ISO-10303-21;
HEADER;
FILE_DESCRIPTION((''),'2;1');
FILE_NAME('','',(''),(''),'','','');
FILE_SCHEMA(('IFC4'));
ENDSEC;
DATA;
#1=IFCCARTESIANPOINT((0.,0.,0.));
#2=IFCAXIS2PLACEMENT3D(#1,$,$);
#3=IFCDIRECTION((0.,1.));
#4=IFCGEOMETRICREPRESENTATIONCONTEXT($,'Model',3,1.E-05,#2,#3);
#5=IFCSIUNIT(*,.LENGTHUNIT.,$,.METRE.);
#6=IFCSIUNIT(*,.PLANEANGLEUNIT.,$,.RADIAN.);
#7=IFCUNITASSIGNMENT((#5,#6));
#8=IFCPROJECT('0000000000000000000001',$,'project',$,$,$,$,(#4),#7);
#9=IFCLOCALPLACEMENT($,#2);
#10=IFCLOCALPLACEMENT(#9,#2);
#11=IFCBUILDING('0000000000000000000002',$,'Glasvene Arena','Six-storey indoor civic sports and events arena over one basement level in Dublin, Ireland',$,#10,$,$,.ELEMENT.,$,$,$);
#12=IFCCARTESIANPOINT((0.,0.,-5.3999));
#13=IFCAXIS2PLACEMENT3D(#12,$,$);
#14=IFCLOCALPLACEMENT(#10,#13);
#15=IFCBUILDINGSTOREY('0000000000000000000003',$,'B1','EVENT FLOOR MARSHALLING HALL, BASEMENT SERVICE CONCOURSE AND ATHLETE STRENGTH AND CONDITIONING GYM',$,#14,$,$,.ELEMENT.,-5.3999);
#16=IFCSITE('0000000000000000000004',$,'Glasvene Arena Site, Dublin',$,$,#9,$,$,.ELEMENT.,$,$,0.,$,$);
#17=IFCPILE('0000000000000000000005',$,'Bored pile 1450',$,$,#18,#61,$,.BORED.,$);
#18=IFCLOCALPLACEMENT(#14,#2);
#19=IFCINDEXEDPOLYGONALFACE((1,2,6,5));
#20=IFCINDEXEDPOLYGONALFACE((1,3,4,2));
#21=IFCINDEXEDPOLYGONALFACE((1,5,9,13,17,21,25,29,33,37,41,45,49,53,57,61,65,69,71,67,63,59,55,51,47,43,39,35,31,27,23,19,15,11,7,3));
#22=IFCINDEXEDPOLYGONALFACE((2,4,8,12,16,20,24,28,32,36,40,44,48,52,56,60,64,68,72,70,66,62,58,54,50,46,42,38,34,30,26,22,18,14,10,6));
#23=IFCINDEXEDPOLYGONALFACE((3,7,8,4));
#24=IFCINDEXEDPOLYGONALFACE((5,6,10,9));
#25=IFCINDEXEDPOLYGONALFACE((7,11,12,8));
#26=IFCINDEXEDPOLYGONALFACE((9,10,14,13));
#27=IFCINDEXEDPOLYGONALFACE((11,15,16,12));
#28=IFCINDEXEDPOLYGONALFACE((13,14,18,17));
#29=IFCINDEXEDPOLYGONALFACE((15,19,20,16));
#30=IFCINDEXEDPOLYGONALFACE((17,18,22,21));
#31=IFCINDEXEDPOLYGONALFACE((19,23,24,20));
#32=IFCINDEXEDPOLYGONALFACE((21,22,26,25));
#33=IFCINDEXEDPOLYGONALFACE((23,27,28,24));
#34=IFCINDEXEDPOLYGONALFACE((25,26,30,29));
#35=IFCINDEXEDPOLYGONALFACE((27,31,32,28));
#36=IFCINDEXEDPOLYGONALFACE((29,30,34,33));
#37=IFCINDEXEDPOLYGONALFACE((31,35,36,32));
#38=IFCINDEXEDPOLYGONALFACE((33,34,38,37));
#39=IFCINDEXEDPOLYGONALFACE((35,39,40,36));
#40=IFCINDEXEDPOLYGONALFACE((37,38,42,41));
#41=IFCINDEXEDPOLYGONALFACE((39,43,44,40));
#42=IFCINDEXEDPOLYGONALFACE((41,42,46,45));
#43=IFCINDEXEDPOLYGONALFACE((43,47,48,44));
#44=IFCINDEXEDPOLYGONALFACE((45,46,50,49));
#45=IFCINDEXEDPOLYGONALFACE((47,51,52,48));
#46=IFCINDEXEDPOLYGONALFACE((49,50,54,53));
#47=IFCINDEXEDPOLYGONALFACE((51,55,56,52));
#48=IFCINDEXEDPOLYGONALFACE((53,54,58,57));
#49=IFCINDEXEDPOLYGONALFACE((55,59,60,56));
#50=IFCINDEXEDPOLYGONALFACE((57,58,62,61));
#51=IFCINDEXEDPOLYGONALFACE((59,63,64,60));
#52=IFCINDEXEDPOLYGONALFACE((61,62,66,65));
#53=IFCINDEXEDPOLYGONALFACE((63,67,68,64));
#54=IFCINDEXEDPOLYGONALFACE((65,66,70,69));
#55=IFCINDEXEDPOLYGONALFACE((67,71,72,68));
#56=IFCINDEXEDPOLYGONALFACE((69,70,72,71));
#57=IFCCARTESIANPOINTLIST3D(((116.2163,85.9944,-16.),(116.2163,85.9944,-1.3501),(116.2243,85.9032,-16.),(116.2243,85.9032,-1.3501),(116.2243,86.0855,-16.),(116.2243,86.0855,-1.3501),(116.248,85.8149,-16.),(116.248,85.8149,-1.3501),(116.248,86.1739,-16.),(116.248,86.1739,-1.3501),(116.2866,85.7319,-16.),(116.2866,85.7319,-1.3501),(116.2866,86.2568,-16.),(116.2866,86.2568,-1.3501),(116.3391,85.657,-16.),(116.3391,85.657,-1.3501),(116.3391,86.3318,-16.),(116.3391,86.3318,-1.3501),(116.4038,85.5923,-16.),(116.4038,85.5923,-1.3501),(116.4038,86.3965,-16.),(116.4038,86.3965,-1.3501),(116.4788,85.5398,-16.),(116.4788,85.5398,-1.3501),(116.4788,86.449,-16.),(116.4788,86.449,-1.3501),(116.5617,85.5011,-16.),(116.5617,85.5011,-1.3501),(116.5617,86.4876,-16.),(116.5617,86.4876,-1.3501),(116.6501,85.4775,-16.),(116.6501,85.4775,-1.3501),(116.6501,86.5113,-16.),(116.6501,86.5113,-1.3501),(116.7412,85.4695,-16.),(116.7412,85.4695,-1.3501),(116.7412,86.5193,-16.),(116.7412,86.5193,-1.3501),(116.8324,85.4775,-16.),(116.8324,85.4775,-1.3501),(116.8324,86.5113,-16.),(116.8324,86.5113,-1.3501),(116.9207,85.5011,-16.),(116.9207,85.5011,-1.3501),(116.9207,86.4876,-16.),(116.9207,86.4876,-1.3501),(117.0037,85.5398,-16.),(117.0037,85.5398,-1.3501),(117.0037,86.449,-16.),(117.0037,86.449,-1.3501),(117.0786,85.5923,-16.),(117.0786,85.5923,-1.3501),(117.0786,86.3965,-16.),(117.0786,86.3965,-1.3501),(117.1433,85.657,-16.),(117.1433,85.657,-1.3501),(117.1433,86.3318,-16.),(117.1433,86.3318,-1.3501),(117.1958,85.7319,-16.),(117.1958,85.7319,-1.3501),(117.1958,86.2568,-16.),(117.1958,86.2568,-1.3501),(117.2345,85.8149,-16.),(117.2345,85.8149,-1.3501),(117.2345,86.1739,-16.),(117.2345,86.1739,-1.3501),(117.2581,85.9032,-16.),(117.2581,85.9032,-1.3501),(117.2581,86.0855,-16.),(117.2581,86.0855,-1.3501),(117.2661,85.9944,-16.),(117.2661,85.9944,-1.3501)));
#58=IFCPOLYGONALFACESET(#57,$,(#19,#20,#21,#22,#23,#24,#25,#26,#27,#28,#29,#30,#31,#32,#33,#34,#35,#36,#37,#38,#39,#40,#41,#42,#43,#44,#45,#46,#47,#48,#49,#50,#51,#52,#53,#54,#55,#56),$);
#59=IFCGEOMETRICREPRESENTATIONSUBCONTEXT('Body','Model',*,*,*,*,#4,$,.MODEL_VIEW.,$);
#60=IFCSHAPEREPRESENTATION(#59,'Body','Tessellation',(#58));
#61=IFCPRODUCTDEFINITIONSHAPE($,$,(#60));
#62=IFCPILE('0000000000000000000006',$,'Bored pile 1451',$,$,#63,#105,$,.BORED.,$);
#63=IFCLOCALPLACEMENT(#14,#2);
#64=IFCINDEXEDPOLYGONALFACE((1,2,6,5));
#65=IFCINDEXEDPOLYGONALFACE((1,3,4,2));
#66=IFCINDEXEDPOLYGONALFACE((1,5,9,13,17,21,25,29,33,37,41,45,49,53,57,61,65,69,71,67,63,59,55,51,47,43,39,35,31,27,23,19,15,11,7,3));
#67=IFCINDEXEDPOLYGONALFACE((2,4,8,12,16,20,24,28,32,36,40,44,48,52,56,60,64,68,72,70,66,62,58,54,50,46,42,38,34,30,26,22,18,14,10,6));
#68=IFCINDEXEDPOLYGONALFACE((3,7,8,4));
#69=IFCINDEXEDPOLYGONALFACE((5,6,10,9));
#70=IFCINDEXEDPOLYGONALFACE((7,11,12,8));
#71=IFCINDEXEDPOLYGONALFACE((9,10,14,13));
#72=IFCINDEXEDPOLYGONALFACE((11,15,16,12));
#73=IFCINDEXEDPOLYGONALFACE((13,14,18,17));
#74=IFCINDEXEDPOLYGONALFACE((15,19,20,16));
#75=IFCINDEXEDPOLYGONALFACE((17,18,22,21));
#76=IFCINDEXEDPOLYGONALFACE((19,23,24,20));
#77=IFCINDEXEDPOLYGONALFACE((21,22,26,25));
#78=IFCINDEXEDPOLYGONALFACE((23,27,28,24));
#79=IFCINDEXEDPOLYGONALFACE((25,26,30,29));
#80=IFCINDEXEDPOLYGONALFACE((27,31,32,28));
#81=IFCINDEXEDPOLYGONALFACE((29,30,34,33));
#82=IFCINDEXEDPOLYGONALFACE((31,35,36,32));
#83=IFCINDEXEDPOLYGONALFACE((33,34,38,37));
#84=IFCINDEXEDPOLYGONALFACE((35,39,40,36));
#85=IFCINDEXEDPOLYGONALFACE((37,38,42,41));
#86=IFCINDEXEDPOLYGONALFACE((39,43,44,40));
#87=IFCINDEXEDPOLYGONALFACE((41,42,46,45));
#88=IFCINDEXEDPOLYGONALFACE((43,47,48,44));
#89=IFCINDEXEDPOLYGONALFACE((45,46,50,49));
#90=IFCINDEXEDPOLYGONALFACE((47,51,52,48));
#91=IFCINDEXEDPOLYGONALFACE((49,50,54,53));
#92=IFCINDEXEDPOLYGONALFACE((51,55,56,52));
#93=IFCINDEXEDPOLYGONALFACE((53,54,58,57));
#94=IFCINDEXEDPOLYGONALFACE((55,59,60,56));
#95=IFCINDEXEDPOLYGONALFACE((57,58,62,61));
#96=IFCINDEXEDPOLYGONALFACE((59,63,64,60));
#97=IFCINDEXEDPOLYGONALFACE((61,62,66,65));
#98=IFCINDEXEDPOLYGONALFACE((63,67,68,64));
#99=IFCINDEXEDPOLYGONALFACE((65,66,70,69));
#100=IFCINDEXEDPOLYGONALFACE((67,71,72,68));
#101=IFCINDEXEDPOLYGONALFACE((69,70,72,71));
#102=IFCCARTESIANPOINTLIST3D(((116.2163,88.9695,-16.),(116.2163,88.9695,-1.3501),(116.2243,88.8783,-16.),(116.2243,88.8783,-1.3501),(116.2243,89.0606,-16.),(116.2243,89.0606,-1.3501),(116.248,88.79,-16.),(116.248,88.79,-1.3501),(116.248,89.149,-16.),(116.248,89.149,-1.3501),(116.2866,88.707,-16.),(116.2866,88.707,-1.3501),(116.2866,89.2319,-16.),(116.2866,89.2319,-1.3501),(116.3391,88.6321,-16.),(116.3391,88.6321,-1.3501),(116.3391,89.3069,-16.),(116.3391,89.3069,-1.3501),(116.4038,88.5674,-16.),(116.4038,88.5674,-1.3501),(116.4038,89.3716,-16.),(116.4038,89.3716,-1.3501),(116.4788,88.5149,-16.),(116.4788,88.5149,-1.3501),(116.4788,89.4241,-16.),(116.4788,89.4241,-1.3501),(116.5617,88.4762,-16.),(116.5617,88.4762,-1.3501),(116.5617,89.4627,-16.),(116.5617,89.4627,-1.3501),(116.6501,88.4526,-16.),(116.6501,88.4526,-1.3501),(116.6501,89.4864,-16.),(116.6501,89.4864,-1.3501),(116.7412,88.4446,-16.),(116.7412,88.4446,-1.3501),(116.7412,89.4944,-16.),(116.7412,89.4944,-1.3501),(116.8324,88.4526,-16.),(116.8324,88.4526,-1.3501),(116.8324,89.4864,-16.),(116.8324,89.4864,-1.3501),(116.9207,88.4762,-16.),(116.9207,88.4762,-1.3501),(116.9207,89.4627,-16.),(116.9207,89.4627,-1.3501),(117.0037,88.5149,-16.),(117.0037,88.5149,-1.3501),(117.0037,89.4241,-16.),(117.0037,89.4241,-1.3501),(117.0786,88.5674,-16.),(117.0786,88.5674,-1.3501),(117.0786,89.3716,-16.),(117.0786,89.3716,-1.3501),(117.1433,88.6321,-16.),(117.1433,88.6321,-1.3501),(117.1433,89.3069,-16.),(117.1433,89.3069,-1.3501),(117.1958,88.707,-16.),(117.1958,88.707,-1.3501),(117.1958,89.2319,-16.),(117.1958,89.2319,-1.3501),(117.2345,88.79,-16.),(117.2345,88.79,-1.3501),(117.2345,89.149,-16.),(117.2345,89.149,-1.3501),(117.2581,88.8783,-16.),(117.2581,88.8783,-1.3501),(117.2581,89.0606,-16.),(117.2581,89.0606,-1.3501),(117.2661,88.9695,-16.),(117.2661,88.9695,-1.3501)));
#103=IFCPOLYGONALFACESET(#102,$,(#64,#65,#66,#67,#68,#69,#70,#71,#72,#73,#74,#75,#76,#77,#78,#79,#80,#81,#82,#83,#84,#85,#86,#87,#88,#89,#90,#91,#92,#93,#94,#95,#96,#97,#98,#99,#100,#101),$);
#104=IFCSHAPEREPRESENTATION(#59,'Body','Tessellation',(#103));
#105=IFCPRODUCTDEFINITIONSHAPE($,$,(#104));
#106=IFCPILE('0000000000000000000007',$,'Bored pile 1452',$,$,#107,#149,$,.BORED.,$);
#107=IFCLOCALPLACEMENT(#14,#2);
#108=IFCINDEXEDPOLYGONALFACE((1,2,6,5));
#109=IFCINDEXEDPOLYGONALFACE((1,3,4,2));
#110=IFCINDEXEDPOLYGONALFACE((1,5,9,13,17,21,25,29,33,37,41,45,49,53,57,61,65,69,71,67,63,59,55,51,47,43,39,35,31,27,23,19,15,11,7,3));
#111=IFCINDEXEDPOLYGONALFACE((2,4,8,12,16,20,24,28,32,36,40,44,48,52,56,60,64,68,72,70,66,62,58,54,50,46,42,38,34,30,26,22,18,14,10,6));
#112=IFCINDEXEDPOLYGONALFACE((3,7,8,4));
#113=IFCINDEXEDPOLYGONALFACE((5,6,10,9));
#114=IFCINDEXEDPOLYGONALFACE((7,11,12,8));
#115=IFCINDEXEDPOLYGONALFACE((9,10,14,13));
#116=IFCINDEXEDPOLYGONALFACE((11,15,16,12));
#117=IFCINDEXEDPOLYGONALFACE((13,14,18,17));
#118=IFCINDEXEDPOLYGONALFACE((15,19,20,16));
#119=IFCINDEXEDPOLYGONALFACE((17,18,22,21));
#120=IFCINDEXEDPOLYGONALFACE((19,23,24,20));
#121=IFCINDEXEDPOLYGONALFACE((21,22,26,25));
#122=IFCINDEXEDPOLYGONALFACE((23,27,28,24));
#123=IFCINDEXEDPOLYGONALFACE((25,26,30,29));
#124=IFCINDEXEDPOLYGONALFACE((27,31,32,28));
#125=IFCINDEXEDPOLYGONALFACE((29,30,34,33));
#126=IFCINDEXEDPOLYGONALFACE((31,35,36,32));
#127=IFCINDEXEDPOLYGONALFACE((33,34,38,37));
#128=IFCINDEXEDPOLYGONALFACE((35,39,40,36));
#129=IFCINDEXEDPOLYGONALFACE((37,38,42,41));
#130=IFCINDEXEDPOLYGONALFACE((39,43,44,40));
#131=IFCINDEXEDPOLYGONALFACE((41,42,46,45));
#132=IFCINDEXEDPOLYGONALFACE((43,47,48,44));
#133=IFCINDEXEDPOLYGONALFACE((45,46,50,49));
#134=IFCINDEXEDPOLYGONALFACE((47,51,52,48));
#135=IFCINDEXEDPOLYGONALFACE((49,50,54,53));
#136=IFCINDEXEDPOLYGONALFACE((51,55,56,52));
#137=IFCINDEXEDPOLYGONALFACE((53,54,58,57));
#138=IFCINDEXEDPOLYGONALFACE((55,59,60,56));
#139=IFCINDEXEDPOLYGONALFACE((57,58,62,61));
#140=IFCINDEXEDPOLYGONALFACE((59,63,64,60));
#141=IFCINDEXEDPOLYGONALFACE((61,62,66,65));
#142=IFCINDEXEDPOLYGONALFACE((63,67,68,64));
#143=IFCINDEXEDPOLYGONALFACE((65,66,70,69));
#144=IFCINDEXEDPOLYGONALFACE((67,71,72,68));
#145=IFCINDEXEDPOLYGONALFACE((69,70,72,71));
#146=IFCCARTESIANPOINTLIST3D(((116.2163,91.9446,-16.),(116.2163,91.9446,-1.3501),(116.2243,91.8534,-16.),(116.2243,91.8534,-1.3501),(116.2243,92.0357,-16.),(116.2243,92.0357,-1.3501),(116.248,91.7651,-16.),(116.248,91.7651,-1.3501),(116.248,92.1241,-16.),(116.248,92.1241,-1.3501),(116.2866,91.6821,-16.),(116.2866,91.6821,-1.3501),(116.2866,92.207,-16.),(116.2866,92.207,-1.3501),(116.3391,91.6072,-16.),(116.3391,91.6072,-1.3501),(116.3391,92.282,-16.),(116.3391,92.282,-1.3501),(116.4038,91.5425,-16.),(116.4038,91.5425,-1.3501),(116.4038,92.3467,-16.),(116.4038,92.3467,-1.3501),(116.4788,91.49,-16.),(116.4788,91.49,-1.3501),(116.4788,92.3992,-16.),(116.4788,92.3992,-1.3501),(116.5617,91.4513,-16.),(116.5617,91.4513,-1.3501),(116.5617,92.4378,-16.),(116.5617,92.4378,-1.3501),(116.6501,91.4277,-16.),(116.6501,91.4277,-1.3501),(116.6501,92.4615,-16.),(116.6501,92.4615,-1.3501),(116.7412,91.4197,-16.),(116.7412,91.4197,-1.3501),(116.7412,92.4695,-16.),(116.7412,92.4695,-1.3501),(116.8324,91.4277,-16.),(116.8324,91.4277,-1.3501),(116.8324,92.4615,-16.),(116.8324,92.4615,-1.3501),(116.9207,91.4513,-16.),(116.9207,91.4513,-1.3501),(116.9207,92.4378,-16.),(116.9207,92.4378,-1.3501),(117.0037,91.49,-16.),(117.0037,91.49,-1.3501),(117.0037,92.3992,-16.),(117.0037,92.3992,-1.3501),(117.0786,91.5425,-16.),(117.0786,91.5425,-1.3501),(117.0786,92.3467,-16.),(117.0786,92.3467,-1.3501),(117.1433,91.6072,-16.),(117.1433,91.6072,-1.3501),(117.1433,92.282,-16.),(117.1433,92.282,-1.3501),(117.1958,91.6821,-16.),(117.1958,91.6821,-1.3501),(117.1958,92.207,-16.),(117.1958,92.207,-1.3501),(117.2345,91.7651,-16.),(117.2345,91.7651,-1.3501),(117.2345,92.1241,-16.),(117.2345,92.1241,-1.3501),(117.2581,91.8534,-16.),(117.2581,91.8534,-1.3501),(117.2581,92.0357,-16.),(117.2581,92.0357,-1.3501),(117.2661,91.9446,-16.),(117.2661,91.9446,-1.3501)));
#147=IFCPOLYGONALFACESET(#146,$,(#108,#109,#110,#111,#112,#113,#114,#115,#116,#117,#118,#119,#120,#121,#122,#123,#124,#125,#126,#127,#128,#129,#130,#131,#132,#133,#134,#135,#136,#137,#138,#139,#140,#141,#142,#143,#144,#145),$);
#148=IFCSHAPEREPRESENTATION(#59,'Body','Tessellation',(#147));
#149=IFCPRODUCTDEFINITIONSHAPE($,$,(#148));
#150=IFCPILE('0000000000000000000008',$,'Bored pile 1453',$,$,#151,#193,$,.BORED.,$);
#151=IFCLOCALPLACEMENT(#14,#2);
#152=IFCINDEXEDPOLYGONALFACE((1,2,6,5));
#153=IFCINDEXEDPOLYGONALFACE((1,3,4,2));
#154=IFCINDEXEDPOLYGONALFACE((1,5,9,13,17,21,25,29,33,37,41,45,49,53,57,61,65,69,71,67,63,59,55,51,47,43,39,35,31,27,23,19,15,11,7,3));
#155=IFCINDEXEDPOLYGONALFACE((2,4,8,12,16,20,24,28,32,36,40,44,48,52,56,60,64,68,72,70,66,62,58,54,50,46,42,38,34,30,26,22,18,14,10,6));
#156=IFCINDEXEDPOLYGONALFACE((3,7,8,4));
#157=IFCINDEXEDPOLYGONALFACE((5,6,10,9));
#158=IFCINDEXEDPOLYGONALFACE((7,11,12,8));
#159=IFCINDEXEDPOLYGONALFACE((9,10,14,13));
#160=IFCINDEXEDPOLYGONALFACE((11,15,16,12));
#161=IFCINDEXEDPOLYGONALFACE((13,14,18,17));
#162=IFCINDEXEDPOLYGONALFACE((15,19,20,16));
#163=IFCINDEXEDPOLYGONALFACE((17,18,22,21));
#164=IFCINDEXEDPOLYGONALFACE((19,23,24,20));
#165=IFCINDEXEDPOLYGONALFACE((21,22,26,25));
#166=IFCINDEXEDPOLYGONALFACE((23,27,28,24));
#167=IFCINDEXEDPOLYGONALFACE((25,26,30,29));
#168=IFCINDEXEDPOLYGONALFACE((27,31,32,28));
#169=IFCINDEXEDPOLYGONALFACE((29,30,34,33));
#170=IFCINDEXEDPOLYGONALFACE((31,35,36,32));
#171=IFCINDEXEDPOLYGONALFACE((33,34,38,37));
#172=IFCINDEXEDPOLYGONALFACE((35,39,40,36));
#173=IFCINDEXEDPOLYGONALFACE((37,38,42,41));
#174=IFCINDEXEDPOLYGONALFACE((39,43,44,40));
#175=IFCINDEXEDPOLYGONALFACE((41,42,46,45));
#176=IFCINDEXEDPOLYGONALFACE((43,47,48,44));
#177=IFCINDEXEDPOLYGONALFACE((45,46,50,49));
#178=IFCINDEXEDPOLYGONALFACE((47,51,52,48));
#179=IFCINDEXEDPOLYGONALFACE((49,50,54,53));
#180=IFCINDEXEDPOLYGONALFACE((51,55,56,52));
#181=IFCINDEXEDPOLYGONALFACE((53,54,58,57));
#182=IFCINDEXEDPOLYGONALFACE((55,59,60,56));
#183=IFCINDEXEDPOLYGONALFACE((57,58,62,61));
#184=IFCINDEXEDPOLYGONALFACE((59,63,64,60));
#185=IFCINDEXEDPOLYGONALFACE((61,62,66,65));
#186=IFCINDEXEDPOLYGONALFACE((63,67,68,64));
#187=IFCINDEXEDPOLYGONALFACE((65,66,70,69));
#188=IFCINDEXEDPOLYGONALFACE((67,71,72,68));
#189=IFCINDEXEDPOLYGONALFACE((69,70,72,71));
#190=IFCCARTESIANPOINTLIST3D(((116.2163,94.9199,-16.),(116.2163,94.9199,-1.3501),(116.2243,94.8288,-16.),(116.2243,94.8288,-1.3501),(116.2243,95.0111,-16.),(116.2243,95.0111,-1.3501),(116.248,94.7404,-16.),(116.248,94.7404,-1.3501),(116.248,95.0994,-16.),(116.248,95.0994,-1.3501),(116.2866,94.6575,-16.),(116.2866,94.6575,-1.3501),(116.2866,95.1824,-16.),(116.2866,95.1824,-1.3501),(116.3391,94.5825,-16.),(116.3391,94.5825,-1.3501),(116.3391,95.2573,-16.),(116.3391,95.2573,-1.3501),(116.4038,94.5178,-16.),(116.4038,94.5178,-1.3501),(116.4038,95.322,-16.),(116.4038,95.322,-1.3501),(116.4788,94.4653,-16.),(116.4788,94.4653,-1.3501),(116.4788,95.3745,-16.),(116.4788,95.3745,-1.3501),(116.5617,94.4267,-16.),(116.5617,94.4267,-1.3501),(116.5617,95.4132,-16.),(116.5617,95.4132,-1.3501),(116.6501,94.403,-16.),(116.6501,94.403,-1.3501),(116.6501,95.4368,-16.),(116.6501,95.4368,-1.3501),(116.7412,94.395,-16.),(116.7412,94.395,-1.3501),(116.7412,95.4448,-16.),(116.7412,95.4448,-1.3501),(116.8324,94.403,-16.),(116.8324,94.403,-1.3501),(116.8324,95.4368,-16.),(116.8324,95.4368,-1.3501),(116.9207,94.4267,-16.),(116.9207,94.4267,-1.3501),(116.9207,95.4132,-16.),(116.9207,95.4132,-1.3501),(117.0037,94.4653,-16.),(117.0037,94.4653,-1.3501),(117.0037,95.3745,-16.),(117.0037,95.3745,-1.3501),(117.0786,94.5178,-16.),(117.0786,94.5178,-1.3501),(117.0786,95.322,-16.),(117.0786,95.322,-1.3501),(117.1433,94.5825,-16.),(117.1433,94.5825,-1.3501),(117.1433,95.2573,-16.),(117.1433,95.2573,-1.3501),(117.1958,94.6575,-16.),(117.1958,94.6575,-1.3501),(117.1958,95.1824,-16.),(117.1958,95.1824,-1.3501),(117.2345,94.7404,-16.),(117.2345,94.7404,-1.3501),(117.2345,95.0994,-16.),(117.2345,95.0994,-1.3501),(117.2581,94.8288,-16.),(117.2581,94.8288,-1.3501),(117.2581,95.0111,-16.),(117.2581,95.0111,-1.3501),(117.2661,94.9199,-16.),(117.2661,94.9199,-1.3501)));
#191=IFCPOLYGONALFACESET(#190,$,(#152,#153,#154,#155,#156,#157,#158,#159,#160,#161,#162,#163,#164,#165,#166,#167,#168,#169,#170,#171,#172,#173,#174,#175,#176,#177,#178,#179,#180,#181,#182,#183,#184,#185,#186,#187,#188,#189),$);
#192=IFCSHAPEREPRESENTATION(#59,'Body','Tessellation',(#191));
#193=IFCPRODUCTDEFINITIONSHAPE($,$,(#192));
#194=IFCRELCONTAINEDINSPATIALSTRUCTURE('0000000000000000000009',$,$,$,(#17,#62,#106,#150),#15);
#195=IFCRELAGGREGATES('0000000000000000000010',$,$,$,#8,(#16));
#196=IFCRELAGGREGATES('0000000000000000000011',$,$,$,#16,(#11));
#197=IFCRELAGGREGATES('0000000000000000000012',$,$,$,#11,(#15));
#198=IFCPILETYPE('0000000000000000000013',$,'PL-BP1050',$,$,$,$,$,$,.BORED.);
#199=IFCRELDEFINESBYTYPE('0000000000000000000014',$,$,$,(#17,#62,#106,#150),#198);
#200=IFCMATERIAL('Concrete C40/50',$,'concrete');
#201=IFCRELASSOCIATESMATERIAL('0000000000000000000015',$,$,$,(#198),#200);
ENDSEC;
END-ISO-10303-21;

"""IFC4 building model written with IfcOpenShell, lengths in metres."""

from ifc_helpers import new_model, si_unit, direction, frame, origin, origin_2d, place, context, subcontext, project, spatial, circle, extrude, material, material_profile, profile_set, type_object, element, save


model = new_model("IFC4")

# Units and contexts
model_context = context("Model", 3, precision=1e-05, world=origin(), true_north=direction((0.0, 1.0)))
body_context = subcontext(model_context, "Body", "Model", "MODEL_VIEW")
ifc_project = project(units=[si_unit("LENGTHUNIT", "METRE"), si_unit("PLANEANGLEUNIT", "RADIAN")], contexts=[model_context])

# Site, building, storey
site_placement = place(None, origin())
site = spatial("IfcSite", under=ifc_project, at=site_placement, Name="Glasvene Arena Site, Dublin", CompositionType="ELEMENT", RefElevation=0.0)
building_placement = place(site_placement, origin())
building = spatial("IfcBuilding", under=site, at=building_placement, Name="Glasvene Arena", Description="Six-storey indoor civic sports and events arena over one basement level in Dublin, Ireland", CompositionType="ELEMENT")
storey_placement = place(building_placement, frame((0.0, 0.0, -5.3999)))
storey = spatial("IfcBuildingStorey", under=building, at=storey_placement, Name="B1", Description="EVENT FLOOR MARSHALLING HALL, BASEMENT SERVICE CONCOURSE AND ATHLETE STRENGTH AND CONDITIONING GYM", CompositionType="ELEMENT", Elevation=-5.3999)

# Piles
ifc_material_1 = material(Name="Concrete C40/50", Category="concrete")
ifc_material_profile_1 = material_profile(ifc_material_1, circle(Radius=0.5249, at=origin_2d()), Name="BORED PILE 1050")
ifc_profile_set_1 = profile_set([ifc_material_profile_1], Name="Concrete C40/50")
pile_type = type_object("IfcPileType", Name="PL-BP1050", PredefinedType="BORED", material=ifc_profile_set_1)
for number, where, z_axis, x_axis, name in (
    (1, (116.7412, 85.9944, -1.3501), (0.0, 0.0, -1.0), (1.0, 0.0, 0.0), "Bored pile 1450"),
    (2, (116.7412, 88.9695, -1.3501), (0.0, 0.0, -1.0), (1.0, 0.0, 0.0), "Bored pile 1451"),
    (3, (116.7412, 91.9446, -1.3501), (0.0, 0.0, -1.0), (1.0, 0.0, 0.0), "Bored pile 1452"),
    (4, (116.7412, 94.9199, -1.3501), (0.0, 0.0, -1.0), (1.0, 0.0, 0.0), "Bored pile 1453"),
):
    element("IfcPile", number, at=place(storey_placement, frame(where, z_axis=z_axis, x_axis=x_axis)), inside=storey, type_object=pile_type, Name=name, PredefinedType="BORED", context=body_context, shape_type="SweptSolid", body=[
        extrude(circle(Radius=0.5249, at=origin_2d()), origin(), (0.0, 0.0, 1.0), 14.6499),
    ])

save(model, "model.ifc")
